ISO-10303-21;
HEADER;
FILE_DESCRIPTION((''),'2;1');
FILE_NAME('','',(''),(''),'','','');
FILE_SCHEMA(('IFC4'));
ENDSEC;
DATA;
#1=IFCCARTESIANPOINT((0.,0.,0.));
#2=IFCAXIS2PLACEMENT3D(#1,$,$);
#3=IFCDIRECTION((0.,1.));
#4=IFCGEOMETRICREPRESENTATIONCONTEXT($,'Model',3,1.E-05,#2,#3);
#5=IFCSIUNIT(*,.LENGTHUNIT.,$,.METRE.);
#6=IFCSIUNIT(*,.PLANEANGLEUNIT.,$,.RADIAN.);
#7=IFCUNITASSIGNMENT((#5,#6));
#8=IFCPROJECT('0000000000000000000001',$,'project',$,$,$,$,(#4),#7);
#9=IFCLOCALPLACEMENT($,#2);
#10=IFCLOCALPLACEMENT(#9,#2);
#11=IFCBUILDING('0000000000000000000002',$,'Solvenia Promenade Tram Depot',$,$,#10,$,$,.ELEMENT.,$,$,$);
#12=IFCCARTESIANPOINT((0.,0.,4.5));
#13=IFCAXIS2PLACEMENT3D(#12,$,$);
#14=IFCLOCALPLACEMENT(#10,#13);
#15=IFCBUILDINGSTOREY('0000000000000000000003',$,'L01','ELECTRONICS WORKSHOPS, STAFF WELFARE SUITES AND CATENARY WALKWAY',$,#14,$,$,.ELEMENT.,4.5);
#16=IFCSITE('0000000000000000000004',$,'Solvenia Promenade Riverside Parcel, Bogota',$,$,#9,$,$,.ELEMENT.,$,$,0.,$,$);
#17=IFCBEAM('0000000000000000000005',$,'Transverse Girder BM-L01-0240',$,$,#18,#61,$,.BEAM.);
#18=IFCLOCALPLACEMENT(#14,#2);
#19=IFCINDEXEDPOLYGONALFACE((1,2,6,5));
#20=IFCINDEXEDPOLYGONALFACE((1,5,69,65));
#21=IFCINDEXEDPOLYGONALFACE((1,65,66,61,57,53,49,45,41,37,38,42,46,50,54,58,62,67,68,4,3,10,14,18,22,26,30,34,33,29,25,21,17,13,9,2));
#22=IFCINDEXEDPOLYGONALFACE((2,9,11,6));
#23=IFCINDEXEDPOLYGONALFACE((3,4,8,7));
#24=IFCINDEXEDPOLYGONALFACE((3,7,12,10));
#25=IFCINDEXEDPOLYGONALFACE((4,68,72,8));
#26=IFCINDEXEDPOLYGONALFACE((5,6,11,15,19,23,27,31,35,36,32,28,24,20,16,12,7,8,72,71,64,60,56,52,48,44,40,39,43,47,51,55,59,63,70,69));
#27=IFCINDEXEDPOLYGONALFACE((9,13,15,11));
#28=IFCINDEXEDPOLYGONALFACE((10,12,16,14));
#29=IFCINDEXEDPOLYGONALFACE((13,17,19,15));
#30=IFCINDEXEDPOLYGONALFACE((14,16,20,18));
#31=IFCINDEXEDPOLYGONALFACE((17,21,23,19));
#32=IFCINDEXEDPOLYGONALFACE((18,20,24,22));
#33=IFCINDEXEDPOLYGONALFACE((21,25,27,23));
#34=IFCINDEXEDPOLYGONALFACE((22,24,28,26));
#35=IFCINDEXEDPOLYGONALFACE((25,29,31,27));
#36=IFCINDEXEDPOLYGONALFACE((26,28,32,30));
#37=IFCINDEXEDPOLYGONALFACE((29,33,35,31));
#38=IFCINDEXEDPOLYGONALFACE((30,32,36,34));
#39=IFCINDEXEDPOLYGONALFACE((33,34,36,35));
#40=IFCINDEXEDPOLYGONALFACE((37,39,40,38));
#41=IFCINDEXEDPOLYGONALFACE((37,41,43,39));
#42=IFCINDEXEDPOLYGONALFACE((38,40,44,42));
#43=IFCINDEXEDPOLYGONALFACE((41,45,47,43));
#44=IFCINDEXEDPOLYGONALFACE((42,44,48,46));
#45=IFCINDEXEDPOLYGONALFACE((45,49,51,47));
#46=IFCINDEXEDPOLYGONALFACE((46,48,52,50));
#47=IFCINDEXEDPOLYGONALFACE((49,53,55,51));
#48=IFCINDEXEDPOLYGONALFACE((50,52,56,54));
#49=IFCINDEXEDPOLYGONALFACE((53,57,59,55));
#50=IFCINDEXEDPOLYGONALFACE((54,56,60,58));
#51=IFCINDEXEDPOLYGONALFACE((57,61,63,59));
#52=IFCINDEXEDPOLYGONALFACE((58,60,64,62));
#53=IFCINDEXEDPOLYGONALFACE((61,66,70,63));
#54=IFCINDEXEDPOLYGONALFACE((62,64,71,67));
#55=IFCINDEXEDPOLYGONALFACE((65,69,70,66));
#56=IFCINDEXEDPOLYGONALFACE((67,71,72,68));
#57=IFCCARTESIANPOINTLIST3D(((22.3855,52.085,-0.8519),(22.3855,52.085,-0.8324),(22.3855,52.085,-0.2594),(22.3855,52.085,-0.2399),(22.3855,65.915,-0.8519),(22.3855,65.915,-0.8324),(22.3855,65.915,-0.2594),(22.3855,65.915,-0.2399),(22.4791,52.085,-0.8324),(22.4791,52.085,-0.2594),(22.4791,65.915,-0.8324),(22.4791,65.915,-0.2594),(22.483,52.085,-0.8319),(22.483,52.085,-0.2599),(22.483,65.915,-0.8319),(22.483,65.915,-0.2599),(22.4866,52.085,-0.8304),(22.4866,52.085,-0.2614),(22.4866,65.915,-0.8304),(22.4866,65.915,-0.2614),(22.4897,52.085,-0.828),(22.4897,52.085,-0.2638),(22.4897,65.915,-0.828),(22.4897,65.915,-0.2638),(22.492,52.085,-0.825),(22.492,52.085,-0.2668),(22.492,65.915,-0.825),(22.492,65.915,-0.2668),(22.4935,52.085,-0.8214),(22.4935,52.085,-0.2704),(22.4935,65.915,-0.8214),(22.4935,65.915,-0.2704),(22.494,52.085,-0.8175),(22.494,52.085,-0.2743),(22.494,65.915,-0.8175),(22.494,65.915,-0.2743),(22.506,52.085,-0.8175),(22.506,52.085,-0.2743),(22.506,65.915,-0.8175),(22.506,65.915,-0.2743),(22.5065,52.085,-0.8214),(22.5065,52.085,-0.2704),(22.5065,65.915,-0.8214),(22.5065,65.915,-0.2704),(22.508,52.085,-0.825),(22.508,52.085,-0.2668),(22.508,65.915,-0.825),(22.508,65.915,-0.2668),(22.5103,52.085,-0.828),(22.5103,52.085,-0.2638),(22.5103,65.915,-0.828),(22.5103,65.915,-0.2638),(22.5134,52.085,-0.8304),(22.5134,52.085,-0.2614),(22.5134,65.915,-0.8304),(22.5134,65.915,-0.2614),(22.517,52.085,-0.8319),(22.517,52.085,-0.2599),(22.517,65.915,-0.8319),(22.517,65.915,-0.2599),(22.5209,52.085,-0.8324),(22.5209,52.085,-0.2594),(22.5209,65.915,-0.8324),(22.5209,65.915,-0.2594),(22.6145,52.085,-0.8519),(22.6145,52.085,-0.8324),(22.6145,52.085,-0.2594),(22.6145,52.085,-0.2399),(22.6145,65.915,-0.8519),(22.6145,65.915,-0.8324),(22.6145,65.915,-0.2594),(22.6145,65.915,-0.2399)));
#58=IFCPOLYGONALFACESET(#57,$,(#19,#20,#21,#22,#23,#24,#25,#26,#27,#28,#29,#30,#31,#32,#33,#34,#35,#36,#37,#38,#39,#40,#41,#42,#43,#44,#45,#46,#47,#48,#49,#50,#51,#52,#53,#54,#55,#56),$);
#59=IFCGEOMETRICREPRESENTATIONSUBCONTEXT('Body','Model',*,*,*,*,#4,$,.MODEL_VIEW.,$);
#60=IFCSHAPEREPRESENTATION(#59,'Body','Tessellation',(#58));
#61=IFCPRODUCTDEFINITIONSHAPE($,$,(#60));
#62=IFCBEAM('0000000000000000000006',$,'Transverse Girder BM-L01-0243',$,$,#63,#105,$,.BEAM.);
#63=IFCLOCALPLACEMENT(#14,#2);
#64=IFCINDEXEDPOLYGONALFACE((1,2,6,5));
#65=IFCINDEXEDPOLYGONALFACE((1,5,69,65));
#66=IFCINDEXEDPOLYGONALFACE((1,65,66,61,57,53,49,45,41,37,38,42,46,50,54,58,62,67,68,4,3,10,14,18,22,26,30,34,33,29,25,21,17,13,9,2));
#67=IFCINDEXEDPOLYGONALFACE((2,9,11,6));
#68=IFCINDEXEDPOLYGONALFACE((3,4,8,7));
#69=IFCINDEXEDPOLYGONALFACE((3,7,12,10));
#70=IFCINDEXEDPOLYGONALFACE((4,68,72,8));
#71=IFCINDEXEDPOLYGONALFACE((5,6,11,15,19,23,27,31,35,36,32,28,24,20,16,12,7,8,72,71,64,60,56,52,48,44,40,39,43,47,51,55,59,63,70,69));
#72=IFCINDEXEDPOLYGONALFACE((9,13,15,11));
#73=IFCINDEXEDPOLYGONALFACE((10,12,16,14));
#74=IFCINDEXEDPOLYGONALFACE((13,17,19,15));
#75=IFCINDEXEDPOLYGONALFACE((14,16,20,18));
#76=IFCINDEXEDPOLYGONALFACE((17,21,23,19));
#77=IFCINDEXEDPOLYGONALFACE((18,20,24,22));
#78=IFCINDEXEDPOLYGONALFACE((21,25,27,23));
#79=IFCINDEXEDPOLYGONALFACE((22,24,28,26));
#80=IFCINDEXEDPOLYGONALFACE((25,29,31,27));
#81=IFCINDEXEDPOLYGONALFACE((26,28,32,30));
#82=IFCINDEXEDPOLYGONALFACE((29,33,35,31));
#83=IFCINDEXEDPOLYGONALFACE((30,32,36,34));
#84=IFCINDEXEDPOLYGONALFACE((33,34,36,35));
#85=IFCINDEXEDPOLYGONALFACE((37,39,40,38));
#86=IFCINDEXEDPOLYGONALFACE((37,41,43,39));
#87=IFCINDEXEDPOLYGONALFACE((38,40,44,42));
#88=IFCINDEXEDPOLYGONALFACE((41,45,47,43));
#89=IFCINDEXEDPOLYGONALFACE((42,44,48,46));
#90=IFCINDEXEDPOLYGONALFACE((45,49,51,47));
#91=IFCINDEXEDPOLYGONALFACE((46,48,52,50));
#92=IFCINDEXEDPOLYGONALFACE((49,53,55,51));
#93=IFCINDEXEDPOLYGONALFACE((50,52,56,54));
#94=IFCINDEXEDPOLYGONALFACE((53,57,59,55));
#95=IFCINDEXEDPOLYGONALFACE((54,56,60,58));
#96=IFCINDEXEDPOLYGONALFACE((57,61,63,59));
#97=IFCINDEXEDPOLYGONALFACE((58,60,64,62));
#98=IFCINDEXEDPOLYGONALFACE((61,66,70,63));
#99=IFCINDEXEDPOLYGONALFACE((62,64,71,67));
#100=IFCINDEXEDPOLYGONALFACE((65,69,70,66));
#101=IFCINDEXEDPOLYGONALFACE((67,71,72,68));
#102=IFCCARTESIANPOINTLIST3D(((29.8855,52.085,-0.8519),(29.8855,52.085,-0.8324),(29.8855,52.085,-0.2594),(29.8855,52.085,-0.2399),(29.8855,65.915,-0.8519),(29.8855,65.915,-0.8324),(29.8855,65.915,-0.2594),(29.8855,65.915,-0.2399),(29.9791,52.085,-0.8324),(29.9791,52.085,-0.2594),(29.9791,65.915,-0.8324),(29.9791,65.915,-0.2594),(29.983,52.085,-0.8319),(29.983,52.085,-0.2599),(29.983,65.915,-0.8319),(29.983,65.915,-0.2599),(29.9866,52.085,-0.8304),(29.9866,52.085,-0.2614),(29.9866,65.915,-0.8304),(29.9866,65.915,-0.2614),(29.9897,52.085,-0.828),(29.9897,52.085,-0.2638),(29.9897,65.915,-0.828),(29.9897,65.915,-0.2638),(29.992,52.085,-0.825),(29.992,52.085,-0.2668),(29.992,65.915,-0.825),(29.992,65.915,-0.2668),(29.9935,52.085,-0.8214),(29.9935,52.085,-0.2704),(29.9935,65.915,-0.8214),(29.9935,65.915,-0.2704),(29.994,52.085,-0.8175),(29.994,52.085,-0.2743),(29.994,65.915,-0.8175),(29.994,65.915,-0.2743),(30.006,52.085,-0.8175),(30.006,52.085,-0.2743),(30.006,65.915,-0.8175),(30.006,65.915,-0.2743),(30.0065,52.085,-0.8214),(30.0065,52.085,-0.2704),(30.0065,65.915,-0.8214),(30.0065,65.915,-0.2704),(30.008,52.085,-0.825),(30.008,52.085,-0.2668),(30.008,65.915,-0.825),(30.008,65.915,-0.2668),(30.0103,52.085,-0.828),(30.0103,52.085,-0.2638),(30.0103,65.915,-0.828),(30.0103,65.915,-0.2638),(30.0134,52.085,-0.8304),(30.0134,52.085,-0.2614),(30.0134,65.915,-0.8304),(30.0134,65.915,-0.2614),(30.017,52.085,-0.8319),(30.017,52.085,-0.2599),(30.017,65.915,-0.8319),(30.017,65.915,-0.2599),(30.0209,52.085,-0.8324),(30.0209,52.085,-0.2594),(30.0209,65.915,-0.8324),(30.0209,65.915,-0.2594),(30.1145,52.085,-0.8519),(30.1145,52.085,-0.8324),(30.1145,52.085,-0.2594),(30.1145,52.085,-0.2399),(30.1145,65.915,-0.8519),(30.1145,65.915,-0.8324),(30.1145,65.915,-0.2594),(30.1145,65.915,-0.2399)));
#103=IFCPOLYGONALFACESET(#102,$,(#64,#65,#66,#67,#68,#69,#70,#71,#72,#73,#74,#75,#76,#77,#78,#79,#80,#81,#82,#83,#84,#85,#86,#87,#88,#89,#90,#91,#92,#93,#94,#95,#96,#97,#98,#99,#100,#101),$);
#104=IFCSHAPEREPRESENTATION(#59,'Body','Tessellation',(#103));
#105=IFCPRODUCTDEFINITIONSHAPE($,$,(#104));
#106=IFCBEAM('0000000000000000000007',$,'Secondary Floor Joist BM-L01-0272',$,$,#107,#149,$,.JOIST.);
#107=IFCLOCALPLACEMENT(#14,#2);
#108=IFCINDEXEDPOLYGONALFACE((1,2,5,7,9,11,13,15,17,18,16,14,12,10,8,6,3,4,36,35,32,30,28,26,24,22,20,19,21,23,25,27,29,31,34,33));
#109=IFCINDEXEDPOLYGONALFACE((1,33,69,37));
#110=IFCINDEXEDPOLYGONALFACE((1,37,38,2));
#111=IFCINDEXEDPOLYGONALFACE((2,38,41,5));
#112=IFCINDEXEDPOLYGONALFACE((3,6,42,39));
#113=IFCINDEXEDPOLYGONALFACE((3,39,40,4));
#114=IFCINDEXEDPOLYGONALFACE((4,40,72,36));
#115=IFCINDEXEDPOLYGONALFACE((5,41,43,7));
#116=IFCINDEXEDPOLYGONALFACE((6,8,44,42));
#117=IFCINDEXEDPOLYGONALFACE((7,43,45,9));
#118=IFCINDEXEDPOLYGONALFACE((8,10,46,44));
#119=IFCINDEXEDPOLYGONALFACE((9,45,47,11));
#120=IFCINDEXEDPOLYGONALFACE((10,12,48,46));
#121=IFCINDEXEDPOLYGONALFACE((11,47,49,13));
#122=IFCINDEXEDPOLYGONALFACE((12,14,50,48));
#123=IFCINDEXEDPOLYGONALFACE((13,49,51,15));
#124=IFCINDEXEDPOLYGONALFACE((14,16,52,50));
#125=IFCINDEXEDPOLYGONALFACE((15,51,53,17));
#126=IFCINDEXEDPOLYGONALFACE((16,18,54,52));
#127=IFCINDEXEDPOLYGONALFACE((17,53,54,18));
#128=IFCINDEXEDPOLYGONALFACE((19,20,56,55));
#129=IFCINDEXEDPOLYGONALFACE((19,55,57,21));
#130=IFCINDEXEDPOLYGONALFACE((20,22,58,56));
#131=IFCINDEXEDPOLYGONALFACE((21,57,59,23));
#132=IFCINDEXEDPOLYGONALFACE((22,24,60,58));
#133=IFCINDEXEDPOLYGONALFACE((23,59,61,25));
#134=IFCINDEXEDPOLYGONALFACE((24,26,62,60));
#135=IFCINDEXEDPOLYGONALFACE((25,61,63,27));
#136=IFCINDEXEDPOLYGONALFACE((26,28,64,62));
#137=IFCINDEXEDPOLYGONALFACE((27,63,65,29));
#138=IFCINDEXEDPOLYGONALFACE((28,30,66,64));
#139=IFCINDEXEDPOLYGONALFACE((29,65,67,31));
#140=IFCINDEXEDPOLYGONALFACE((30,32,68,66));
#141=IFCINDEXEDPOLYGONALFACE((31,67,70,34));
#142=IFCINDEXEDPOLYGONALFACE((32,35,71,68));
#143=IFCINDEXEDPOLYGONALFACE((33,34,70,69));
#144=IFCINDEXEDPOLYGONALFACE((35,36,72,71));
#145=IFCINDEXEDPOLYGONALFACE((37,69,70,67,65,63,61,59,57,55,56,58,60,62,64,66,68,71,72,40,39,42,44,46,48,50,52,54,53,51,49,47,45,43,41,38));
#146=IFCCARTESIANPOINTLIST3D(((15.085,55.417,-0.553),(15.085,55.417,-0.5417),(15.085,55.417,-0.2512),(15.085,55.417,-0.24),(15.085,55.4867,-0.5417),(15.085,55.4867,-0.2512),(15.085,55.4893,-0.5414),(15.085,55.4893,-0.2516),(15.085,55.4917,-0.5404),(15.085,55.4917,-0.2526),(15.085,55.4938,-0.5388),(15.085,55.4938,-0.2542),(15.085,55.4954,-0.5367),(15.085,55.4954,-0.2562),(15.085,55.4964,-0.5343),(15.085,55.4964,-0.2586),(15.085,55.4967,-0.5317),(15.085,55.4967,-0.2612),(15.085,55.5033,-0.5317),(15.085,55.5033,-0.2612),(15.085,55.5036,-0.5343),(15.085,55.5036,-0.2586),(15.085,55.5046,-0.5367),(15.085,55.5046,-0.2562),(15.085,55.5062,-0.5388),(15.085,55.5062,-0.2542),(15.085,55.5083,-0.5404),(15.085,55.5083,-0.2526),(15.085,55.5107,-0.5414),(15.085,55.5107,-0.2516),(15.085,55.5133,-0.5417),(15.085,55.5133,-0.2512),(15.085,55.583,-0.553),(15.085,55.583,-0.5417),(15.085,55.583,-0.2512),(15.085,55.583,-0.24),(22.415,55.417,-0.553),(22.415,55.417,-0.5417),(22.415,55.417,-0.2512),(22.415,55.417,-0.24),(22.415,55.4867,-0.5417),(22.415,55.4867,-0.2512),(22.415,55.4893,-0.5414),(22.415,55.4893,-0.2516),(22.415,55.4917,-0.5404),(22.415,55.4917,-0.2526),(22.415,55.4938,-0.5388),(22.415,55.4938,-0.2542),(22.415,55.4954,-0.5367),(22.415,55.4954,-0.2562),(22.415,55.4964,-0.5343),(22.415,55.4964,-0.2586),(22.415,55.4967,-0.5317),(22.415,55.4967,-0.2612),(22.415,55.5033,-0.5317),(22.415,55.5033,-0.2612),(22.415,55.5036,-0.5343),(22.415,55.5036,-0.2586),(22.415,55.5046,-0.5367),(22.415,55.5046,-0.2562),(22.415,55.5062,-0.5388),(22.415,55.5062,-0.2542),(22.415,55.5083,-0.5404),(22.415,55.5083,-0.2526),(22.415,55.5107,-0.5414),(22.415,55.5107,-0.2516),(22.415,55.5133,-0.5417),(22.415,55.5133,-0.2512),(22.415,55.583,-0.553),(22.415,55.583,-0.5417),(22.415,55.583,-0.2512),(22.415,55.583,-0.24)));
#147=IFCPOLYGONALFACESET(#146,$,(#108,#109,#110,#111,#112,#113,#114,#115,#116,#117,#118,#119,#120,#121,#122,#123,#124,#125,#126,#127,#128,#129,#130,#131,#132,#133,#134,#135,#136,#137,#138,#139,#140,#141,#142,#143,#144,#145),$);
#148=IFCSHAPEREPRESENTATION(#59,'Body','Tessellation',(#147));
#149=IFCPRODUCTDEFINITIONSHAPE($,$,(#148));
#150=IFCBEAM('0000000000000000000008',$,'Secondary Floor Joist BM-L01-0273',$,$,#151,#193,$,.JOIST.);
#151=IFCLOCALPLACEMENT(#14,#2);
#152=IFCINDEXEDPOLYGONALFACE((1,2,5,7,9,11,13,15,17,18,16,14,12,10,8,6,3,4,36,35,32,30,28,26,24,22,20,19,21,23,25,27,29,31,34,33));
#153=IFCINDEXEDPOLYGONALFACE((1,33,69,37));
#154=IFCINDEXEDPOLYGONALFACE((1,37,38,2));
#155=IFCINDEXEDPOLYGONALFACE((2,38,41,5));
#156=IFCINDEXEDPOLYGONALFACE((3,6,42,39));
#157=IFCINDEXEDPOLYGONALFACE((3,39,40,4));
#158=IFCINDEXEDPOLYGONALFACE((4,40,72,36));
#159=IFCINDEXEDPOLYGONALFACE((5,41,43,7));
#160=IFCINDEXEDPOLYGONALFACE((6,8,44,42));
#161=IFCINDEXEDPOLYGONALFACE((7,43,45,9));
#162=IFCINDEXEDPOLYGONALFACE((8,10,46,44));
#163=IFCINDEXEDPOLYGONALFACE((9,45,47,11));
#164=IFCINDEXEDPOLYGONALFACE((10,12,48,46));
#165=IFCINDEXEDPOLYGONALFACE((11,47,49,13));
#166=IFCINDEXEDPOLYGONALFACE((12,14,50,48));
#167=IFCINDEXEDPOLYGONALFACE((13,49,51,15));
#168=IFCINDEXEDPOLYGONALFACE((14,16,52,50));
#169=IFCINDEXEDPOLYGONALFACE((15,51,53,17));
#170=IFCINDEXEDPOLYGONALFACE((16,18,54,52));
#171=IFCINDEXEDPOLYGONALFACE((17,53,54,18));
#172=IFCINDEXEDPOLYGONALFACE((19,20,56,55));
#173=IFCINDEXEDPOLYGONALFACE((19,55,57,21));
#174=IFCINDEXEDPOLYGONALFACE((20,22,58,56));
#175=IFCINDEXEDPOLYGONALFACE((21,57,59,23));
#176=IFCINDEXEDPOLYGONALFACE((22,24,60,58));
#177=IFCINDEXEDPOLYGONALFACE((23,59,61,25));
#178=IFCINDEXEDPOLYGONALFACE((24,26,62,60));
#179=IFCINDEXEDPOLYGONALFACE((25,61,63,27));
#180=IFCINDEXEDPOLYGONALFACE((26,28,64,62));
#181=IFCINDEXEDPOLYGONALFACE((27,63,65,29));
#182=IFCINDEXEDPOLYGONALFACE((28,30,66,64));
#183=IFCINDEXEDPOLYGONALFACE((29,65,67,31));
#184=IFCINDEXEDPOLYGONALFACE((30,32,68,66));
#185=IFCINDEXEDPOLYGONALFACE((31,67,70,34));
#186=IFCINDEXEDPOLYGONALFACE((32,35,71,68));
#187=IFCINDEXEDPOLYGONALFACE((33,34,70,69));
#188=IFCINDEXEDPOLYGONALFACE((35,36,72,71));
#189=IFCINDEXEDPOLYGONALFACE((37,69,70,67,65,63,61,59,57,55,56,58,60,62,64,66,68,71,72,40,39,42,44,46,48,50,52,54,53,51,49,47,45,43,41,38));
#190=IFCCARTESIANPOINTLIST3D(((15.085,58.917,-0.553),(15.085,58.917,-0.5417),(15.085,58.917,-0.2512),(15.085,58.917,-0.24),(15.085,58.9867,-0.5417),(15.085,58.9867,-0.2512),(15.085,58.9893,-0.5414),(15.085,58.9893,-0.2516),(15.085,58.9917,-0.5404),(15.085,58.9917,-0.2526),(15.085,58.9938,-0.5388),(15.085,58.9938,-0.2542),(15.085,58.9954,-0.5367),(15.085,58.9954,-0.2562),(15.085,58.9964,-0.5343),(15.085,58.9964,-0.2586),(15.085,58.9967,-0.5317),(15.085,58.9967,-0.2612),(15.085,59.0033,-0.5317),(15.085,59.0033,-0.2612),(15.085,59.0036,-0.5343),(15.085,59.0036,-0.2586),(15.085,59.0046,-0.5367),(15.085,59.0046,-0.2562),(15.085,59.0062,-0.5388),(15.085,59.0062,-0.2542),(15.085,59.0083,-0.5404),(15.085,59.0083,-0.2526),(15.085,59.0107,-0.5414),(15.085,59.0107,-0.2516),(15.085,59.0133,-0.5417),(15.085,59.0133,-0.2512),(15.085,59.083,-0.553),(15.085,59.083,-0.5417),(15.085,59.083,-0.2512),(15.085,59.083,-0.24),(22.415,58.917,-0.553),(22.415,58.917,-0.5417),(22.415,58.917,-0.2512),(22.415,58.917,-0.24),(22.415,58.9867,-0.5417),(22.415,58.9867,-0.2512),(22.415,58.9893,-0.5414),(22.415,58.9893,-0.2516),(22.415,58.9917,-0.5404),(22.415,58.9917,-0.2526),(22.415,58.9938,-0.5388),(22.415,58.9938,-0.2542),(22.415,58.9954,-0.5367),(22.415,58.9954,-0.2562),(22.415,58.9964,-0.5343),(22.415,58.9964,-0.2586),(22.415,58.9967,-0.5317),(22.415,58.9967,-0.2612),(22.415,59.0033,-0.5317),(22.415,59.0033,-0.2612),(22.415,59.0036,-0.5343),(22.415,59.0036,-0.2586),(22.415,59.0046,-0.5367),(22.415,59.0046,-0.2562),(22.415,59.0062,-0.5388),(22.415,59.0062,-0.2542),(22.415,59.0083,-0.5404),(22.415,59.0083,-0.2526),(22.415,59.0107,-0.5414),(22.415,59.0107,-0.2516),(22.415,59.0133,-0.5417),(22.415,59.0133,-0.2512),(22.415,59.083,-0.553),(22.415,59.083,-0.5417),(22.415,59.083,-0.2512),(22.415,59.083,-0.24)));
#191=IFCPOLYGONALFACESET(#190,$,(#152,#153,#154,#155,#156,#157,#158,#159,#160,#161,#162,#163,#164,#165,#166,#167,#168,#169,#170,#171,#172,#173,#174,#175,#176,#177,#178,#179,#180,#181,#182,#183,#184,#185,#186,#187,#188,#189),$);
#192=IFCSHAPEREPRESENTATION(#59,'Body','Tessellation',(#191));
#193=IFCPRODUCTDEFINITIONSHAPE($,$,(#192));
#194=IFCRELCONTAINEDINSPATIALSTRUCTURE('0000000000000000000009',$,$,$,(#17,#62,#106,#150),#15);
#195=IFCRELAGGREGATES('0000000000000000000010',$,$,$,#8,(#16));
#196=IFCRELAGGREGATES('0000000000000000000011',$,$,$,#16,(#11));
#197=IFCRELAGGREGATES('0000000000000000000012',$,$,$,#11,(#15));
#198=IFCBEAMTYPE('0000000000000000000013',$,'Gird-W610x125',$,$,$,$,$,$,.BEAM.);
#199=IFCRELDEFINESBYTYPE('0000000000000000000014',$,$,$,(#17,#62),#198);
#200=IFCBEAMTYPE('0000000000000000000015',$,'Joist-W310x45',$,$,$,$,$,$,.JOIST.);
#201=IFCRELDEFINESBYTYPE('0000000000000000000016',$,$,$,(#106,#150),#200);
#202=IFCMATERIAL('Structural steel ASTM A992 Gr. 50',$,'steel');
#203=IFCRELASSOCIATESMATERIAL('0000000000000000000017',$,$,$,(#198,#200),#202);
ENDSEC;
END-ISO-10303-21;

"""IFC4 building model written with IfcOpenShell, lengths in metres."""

from ifc_helpers import new_model, si_unit, direction, frame, origin, origin_2d, place, context, subcontext, project, spatial, i_section, extrude, material, material_profile, profile_set, type_object, element, save


model = new_model("IFC4")

# Units and contexts
model_context = context("Model", 3, precision=1e-05, world=origin(), true_north=direction((0.0, 1.0)))
body_context = subcontext(model_context, "Body", "Model", "MODEL_VIEW")
ifc_project = project(units=[si_unit("LENGTHUNIT", "METRE"), si_unit("PLANEANGLEUNIT", "RADIAN")], contexts=[model_context])

# Site, building, storey
site_placement = place(None, origin())
site = spatial("IfcSite", under=ifc_project, at=site_placement, Name="Solvenia Promenade Riverside Parcel, Bogota", CompositionType="ELEMENT", RefElevation=0.0)
building_placement = place(site_placement, origin())
building = spatial("IfcBuilding", under=site, at=building_placement, Name="Solvenia Promenade Tram Depot", CompositionType="ELEMENT")
storey_placement = place(building_placement, frame((0.0, 0.0, 4.5)))
storey = spatial("IfcBuildingStorey", under=building, at=storey_placement, Name="L01", Description="ELECTRONICS WORKSHOPS, STAFF WELFARE SUITES AND CATENARY WALKWAY", CompositionType="ELEMENT", Elevation=4.5)

# Beams
ifc_material_1 = material(Name="Structural steel ASTM A992 Gr. 50", Category="steel")
ifc_material_profile_1 = material_profile(ifc_material_1, i_section(OverallWidth=0.229, OverallDepth=0.6121, WebThickness=0.012, FlangeThickness=0.0195, FilletRadius=0.0149, at=origin_2d()), Name="W610x125", Category="steel")
ifc_profile_set_1 = profile_set([ifc_material_profile_1], Name="Structural steel ASTM A992 Gr. 50")
beam_type_1 = type_object("IfcBeamType", Name="Gird-W610x125", PredefinedType="BEAM", material=ifc_profile_set_1)
for number, where, z_axis, x_axis, name in (
    (1, (22.5, 52.085, -0.5459), (0.0, 1.0, 0.0), (-1.0, 0.0, 0.0), "Transverse Girder BM-L01-0240"),
    (2, (30.0, 52.085, -0.5459), (0.0, 1.0, 0.0), (-1.0, 0.0, 0.0), "Transverse Girder BM-L01-0243"),
):
    element("IfcBeam", number, at=place(storey_placement, frame(where, z_axis=z_axis, x_axis=x_axis)), inside=storey, type_object=beam_type_1, Name=name, PredefinedType="BEAM", context=body_context, shape_type="SweptSolid", body=[
        extrude(i_section(OverallWidth=0.229, OverallDepth=0.6121, WebThickness=0.012, FlangeThickness=0.0195, FilletRadius=0.0149, at=origin_2d()), origin(), (0.0, 0.0, 1.0), 13.8301),
    ])
ifc_material_profile_2 = material_profile(ifc_material_1, i_section(OverallWidth=0.166, OverallDepth=0.313, WebThickness=0.0066, FlangeThickness=0.0112, FilletRadius=0.01, at=origin_2d()), Name="W310x45", Category="steel")
ifc_profile_set_2 = profile_set([ifc_material_profile_2], Name="Structural steel ASTM A992 Gr. 50")
beam_type_2 = type_object("IfcBeamType", Name="Joist-W310x45", PredefinedType="JOIST", material=ifc_profile_set_2)
for number, where, z_axis, x_axis, name in (
    (3, (15.085, 55.5, -0.3965), (1.0, 0.0, 0.0), (0.0, 1.0, 0.0), "Secondary Floor Joist BM-L01-0272"),
    (4, (15.085, 59.0, -0.3965), (1.0, 0.0, 0.0), (0.0, 1.0, 0.0), "Secondary Floor Joist BM-L01-0273"),
):
    element("IfcBeam", number, at=place(storey_placement, frame(where, z_axis=z_axis, x_axis=x_axis)), inside=storey, type_object=beam_type_2, Name=name, PredefinedType="JOIST", context=body_context, shape_type="SweptSolid", body=[
        extrude(i_section(OverallWidth=0.166, OverallDepth=0.313, WebThickness=0.0066, FlangeThickness=0.0112, FilletRadius=0.01, at=origin_2d()), origin(), (0.0, 0.0, 1.0), 7.3301),
    ])

save(model, "model.ifc")
